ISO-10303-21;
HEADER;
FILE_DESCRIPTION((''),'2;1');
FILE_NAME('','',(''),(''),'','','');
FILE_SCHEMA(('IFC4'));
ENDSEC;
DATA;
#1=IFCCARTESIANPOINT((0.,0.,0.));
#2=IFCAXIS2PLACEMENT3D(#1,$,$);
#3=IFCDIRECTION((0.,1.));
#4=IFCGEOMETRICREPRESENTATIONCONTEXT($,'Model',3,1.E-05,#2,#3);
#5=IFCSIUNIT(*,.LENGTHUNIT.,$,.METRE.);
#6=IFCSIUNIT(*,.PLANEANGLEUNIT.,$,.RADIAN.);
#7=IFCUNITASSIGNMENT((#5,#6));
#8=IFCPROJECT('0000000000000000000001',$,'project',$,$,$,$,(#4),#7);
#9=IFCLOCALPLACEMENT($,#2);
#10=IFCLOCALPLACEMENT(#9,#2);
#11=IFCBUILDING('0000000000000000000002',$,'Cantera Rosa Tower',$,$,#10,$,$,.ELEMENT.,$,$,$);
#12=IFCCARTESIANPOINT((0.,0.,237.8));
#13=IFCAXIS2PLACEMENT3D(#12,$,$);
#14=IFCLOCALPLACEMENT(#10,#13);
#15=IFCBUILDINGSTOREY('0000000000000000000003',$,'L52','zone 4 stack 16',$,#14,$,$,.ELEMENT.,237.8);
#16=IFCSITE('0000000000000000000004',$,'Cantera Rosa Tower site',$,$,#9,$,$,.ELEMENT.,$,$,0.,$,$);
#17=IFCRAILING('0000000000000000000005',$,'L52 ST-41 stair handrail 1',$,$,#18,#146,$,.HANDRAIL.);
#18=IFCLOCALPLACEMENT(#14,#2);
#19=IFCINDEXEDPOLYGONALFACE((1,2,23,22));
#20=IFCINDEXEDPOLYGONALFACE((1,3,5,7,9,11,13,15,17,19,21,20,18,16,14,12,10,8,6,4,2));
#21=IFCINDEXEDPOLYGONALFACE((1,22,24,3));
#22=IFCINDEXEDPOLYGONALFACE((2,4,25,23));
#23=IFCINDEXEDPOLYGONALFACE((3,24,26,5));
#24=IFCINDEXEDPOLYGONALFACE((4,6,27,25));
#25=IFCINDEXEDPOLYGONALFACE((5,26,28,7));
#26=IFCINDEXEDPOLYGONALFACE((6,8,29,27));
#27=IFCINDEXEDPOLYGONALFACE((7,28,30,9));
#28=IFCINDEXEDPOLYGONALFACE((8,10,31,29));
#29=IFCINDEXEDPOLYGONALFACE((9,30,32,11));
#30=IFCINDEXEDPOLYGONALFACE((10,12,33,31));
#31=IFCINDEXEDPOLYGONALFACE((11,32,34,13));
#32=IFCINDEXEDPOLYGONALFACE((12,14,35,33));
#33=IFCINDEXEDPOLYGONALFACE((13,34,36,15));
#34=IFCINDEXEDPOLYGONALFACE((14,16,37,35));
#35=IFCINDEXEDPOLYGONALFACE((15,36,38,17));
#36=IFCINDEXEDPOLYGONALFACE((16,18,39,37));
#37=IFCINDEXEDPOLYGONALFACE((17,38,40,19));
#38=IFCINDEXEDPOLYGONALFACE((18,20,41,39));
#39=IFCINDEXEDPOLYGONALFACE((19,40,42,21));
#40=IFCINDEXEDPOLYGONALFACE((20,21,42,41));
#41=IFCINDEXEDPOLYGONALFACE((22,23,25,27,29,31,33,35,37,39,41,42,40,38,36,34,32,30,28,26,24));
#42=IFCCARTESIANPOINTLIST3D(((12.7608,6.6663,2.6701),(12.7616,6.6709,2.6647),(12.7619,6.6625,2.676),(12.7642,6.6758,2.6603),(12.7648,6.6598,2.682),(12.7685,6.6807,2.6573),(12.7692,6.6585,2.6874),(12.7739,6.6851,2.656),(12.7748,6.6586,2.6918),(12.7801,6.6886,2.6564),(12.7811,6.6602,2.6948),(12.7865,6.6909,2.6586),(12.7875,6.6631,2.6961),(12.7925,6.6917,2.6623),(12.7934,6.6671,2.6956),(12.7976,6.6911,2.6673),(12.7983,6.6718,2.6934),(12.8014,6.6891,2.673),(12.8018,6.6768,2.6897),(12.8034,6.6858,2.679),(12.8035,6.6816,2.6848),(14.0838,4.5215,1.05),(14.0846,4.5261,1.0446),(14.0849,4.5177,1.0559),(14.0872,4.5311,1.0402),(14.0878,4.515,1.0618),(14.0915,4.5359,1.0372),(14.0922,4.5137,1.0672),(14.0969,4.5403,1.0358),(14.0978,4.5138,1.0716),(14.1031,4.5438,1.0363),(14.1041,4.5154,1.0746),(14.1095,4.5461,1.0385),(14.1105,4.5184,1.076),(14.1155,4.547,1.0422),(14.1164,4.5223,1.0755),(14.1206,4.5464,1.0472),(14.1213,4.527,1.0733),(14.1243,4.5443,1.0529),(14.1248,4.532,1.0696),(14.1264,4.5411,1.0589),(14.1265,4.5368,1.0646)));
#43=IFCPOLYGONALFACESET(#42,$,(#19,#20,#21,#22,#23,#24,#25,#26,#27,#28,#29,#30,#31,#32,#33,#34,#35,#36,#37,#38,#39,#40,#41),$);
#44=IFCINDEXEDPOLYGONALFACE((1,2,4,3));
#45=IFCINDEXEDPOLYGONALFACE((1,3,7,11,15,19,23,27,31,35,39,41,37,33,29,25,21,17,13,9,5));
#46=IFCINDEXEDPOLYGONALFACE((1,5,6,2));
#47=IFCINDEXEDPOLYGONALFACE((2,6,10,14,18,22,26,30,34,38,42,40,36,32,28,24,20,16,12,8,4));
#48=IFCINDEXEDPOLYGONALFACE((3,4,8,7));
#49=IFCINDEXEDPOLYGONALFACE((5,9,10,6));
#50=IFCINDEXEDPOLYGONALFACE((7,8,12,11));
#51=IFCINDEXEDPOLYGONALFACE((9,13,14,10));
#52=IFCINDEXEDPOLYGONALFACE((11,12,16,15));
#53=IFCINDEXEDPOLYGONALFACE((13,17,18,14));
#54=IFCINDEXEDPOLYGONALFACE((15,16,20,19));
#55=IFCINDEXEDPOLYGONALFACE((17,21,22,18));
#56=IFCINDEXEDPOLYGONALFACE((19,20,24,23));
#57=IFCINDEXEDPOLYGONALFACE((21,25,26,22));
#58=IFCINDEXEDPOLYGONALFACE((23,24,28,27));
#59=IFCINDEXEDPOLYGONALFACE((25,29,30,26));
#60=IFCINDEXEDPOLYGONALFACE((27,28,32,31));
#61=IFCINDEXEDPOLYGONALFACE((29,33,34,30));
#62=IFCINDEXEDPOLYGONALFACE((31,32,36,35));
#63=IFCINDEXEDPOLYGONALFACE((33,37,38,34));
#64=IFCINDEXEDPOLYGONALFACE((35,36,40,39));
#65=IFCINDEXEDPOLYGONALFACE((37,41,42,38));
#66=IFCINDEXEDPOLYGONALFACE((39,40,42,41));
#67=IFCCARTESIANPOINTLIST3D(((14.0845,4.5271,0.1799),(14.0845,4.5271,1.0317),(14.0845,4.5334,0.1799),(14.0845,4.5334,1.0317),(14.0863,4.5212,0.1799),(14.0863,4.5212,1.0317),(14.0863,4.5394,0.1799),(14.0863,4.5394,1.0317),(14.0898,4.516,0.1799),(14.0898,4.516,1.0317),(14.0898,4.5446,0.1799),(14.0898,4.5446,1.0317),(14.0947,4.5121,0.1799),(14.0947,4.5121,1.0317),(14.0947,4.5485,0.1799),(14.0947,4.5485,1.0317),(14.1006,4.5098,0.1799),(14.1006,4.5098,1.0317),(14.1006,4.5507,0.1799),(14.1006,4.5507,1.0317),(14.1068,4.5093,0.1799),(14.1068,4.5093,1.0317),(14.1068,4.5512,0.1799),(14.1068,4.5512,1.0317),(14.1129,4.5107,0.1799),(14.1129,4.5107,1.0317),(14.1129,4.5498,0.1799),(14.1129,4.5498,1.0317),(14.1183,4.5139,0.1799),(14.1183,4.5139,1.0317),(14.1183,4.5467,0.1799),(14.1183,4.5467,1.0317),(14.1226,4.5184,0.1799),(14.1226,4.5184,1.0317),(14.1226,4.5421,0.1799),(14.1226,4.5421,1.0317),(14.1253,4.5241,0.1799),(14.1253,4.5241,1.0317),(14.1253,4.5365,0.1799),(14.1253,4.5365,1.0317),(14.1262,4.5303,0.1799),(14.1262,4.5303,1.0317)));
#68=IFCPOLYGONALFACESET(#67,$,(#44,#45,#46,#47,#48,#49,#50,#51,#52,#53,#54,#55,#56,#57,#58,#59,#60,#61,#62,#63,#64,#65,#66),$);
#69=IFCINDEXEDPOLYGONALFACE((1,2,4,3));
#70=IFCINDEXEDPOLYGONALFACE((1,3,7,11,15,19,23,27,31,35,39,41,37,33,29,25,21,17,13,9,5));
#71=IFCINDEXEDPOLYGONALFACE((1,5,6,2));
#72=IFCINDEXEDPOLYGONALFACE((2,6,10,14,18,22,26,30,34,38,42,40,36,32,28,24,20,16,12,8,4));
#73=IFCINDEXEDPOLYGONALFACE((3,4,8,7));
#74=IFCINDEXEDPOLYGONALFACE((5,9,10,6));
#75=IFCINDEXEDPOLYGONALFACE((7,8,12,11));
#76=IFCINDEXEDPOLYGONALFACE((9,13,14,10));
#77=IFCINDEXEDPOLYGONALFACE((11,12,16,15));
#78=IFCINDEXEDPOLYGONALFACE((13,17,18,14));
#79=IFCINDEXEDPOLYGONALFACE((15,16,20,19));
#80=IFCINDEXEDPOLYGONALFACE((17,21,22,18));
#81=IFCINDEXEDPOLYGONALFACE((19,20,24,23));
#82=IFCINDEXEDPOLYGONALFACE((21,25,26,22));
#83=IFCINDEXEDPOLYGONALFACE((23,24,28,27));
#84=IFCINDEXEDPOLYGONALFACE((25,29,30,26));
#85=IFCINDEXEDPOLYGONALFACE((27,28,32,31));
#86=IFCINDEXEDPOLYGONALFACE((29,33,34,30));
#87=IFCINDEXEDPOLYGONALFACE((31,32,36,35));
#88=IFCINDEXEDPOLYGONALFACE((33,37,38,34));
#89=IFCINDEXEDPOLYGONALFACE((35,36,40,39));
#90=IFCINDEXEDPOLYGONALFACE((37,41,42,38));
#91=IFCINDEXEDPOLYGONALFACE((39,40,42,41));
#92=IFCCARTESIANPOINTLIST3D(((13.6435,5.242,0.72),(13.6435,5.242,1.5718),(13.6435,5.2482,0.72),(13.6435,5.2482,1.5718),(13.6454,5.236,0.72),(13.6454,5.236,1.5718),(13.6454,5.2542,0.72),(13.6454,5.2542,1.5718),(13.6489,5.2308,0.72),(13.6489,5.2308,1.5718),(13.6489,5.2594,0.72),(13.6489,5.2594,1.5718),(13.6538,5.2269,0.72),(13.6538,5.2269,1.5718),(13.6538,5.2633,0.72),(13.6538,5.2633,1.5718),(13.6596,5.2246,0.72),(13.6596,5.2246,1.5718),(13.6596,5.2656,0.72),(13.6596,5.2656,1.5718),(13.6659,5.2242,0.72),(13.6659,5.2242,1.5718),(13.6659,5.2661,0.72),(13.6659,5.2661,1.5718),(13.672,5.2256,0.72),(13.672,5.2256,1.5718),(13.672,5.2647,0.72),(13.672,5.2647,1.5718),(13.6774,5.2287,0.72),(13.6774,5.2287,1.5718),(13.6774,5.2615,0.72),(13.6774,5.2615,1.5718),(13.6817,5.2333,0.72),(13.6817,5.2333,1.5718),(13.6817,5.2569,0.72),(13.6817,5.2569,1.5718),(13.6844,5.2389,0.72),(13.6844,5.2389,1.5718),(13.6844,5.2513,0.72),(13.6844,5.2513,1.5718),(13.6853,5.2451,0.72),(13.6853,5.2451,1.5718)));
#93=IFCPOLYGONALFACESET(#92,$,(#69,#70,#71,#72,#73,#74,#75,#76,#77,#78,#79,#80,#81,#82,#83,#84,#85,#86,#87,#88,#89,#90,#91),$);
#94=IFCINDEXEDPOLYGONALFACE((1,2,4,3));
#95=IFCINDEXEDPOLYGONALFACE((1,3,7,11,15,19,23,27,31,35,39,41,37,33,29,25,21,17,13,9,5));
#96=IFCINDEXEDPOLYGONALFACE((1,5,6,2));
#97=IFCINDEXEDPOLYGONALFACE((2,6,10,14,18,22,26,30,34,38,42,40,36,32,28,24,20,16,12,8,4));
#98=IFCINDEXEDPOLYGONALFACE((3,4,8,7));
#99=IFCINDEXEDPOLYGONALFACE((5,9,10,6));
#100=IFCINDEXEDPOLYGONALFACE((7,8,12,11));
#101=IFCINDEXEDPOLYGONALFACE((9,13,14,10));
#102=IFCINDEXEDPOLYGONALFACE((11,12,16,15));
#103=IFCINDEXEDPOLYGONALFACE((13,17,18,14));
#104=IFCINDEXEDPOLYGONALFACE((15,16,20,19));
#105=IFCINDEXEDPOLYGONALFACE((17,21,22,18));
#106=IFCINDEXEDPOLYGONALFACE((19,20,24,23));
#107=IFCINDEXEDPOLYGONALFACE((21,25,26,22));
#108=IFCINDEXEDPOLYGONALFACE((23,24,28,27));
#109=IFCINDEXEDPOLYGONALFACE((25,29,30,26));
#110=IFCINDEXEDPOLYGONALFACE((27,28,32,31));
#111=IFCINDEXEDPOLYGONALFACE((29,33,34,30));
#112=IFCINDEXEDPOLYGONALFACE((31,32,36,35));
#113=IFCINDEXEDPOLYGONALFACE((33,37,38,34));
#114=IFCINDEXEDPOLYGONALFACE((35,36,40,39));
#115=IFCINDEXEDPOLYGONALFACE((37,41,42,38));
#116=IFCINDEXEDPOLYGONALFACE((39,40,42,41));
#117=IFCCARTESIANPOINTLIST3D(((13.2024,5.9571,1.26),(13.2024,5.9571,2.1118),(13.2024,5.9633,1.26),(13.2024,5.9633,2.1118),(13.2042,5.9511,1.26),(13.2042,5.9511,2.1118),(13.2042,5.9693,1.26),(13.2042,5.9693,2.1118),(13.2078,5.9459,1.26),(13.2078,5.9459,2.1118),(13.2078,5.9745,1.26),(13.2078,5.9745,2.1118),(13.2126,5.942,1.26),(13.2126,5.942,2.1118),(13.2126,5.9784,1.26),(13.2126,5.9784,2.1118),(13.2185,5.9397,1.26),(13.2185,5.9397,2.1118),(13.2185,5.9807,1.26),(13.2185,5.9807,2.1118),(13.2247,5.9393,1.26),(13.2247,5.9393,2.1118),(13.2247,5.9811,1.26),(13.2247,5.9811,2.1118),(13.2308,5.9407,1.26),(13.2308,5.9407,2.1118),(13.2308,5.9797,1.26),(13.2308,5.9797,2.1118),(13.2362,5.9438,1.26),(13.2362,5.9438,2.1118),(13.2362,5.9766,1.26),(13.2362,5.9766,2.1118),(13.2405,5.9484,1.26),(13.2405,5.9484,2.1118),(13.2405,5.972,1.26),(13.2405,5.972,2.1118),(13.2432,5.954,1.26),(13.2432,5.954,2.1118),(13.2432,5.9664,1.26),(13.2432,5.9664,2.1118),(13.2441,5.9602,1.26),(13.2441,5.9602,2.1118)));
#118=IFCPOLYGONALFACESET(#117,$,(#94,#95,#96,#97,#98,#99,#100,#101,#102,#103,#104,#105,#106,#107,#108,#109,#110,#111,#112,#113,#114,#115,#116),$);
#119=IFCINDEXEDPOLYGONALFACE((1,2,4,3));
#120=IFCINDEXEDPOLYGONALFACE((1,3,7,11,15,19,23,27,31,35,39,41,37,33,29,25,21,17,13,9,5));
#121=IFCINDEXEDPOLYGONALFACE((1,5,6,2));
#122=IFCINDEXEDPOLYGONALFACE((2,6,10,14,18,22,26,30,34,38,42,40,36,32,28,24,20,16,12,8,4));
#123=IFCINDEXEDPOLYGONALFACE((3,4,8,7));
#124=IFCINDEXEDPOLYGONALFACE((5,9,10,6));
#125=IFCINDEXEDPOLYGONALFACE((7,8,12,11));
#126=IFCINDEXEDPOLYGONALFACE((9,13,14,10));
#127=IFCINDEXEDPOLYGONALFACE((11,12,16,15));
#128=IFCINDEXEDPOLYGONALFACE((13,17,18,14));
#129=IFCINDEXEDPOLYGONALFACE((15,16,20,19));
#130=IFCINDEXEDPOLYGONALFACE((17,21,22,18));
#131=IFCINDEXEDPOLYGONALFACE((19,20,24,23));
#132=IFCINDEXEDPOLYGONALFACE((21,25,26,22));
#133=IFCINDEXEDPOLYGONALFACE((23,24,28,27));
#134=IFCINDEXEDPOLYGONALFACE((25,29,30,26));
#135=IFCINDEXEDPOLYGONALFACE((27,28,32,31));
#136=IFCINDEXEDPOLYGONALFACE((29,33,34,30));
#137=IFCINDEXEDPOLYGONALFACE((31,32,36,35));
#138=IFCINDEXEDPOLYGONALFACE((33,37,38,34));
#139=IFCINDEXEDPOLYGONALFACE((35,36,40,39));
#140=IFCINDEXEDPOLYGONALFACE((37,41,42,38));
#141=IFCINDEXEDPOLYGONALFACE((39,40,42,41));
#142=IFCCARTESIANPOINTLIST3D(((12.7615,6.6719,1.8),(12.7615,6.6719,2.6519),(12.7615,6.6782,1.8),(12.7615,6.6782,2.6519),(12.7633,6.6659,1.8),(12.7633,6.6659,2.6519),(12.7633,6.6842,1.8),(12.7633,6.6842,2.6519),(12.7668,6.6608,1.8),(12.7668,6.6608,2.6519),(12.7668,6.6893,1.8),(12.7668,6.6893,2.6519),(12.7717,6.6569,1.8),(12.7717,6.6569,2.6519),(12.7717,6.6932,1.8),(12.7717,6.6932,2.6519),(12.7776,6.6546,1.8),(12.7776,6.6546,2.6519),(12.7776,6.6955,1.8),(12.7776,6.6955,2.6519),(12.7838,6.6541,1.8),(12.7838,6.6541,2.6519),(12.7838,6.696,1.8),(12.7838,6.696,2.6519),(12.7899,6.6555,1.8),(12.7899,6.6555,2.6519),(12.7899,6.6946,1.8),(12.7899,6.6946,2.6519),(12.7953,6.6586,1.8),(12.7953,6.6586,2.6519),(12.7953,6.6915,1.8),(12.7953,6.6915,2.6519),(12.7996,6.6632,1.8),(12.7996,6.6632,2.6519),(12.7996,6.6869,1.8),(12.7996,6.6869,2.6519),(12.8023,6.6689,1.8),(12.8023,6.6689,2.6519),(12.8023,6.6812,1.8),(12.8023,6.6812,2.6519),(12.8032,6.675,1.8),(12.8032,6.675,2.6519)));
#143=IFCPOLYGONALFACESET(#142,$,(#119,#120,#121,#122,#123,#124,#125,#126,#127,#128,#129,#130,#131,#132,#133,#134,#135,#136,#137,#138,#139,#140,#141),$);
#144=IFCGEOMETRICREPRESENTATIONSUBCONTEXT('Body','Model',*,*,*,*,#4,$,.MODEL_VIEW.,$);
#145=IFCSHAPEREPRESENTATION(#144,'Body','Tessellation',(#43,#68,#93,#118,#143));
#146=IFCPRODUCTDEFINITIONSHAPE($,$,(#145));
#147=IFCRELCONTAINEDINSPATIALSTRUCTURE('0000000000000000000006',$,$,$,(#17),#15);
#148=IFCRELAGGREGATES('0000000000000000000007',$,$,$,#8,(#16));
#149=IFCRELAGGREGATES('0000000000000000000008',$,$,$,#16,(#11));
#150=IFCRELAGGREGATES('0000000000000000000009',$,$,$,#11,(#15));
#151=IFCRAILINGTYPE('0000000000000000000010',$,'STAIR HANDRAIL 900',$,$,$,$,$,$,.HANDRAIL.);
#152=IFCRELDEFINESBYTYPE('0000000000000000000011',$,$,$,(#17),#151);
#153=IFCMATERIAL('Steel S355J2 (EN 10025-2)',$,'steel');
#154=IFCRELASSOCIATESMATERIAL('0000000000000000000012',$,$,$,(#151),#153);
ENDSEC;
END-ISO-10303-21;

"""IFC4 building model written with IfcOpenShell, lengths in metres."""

from ifc_helpers import new_model, si_unit, direction, frame, origin, origin_2d, place, context, subcontext, project, spatial, circle, extrude, material, type_object, element, save


model = new_model("IFC4")

# Units and contexts
model_context = context("Model", 3, precision=1e-05, world=origin(), true_north=direction((0.0, 1.0)))
body_context = subcontext(model_context, "Body", "Model", "MODEL_VIEW")
ifc_project = project(units=[si_unit("LENGTHUNIT", "METRE"), si_unit("PLANEANGLEUNIT", "RADIAN")], contexts=[model_context])

# Site, building, storey
site_placement = place(None, origin())
site = spatial("IfcSite", under=ifc_project, at=site_placement, Name="Cantera Rosa Tower site", CompositionType="ELEMENT", RefElevation=0.0)
building_placement = place(site_placement, origin())
building = spatial("IfcBuilding", under=site, at=building_placement, Name="Cantera Rosa Tower", CompositionType="ELEMENT")
storey_placement = place(building_placement, frame((0.0, 0.0, 237.8)))
storey = spatial("IfcBuildingStorey", under=building, at=storey_placement, Name="L52", Description="zone 4 stack 16", CompositionType="ELEMENT", Elevation=237.8)

# Railing
ifc_material_1 = material(Name="Steel S355J2 (EN 10025-2)", Category="steel")
railing_type_1 = type_object("IfcRailingType", Name="STAIR HANDRAIL 900", PredefinedType="HANDRAIL", material=ifc_material_1)
railing_1_placement = place(storey_placement, frame((14.1052, 4.5303, 0.1799)))
element("IfcRailing", 1, at=railing_1_placement, inside=storey, type_object=railing_type_1, Name="L52 ST-41 stair handrail 1", PredefinedType="HANDRAIL", context=body_context, shape_type="SweptSolid", body=[
    extrude(circle(Radius=0.0239, at=origin_2d()), frame((0.0, 0.0, 0.876), z_axis=(-0.441609, 0.715914, 0.540786), x_axis=(-0.851102, -0.525, 0.0)), (0.0, 0.0, 1.0), 2.9958),
    extrude(circle(Radius=0.021, at=origin_2d()), origin(), (0.0, 0.0, 1.0), 0.8518),
    extrude(circle(Radius=0.021, at=origin_2d()), frame((-0.4409, 0.7148, 0.54)), (0.0, 0.0, 1.0), 0.8518),
    extrude(circle(Radius=0.021, at=origin_2d()), frame((-0.8821, 1.4299, 1.0801)), (0.0, 0.0, 1.0), 0.8518),
    extrude(circle(Radius=0.021, at=origin_2d()), frame((-1.323, 2.1448, 1.6201)), (0.0, 0.0, 1.0), 0.8518),
])

save(model, "model.ifc")
